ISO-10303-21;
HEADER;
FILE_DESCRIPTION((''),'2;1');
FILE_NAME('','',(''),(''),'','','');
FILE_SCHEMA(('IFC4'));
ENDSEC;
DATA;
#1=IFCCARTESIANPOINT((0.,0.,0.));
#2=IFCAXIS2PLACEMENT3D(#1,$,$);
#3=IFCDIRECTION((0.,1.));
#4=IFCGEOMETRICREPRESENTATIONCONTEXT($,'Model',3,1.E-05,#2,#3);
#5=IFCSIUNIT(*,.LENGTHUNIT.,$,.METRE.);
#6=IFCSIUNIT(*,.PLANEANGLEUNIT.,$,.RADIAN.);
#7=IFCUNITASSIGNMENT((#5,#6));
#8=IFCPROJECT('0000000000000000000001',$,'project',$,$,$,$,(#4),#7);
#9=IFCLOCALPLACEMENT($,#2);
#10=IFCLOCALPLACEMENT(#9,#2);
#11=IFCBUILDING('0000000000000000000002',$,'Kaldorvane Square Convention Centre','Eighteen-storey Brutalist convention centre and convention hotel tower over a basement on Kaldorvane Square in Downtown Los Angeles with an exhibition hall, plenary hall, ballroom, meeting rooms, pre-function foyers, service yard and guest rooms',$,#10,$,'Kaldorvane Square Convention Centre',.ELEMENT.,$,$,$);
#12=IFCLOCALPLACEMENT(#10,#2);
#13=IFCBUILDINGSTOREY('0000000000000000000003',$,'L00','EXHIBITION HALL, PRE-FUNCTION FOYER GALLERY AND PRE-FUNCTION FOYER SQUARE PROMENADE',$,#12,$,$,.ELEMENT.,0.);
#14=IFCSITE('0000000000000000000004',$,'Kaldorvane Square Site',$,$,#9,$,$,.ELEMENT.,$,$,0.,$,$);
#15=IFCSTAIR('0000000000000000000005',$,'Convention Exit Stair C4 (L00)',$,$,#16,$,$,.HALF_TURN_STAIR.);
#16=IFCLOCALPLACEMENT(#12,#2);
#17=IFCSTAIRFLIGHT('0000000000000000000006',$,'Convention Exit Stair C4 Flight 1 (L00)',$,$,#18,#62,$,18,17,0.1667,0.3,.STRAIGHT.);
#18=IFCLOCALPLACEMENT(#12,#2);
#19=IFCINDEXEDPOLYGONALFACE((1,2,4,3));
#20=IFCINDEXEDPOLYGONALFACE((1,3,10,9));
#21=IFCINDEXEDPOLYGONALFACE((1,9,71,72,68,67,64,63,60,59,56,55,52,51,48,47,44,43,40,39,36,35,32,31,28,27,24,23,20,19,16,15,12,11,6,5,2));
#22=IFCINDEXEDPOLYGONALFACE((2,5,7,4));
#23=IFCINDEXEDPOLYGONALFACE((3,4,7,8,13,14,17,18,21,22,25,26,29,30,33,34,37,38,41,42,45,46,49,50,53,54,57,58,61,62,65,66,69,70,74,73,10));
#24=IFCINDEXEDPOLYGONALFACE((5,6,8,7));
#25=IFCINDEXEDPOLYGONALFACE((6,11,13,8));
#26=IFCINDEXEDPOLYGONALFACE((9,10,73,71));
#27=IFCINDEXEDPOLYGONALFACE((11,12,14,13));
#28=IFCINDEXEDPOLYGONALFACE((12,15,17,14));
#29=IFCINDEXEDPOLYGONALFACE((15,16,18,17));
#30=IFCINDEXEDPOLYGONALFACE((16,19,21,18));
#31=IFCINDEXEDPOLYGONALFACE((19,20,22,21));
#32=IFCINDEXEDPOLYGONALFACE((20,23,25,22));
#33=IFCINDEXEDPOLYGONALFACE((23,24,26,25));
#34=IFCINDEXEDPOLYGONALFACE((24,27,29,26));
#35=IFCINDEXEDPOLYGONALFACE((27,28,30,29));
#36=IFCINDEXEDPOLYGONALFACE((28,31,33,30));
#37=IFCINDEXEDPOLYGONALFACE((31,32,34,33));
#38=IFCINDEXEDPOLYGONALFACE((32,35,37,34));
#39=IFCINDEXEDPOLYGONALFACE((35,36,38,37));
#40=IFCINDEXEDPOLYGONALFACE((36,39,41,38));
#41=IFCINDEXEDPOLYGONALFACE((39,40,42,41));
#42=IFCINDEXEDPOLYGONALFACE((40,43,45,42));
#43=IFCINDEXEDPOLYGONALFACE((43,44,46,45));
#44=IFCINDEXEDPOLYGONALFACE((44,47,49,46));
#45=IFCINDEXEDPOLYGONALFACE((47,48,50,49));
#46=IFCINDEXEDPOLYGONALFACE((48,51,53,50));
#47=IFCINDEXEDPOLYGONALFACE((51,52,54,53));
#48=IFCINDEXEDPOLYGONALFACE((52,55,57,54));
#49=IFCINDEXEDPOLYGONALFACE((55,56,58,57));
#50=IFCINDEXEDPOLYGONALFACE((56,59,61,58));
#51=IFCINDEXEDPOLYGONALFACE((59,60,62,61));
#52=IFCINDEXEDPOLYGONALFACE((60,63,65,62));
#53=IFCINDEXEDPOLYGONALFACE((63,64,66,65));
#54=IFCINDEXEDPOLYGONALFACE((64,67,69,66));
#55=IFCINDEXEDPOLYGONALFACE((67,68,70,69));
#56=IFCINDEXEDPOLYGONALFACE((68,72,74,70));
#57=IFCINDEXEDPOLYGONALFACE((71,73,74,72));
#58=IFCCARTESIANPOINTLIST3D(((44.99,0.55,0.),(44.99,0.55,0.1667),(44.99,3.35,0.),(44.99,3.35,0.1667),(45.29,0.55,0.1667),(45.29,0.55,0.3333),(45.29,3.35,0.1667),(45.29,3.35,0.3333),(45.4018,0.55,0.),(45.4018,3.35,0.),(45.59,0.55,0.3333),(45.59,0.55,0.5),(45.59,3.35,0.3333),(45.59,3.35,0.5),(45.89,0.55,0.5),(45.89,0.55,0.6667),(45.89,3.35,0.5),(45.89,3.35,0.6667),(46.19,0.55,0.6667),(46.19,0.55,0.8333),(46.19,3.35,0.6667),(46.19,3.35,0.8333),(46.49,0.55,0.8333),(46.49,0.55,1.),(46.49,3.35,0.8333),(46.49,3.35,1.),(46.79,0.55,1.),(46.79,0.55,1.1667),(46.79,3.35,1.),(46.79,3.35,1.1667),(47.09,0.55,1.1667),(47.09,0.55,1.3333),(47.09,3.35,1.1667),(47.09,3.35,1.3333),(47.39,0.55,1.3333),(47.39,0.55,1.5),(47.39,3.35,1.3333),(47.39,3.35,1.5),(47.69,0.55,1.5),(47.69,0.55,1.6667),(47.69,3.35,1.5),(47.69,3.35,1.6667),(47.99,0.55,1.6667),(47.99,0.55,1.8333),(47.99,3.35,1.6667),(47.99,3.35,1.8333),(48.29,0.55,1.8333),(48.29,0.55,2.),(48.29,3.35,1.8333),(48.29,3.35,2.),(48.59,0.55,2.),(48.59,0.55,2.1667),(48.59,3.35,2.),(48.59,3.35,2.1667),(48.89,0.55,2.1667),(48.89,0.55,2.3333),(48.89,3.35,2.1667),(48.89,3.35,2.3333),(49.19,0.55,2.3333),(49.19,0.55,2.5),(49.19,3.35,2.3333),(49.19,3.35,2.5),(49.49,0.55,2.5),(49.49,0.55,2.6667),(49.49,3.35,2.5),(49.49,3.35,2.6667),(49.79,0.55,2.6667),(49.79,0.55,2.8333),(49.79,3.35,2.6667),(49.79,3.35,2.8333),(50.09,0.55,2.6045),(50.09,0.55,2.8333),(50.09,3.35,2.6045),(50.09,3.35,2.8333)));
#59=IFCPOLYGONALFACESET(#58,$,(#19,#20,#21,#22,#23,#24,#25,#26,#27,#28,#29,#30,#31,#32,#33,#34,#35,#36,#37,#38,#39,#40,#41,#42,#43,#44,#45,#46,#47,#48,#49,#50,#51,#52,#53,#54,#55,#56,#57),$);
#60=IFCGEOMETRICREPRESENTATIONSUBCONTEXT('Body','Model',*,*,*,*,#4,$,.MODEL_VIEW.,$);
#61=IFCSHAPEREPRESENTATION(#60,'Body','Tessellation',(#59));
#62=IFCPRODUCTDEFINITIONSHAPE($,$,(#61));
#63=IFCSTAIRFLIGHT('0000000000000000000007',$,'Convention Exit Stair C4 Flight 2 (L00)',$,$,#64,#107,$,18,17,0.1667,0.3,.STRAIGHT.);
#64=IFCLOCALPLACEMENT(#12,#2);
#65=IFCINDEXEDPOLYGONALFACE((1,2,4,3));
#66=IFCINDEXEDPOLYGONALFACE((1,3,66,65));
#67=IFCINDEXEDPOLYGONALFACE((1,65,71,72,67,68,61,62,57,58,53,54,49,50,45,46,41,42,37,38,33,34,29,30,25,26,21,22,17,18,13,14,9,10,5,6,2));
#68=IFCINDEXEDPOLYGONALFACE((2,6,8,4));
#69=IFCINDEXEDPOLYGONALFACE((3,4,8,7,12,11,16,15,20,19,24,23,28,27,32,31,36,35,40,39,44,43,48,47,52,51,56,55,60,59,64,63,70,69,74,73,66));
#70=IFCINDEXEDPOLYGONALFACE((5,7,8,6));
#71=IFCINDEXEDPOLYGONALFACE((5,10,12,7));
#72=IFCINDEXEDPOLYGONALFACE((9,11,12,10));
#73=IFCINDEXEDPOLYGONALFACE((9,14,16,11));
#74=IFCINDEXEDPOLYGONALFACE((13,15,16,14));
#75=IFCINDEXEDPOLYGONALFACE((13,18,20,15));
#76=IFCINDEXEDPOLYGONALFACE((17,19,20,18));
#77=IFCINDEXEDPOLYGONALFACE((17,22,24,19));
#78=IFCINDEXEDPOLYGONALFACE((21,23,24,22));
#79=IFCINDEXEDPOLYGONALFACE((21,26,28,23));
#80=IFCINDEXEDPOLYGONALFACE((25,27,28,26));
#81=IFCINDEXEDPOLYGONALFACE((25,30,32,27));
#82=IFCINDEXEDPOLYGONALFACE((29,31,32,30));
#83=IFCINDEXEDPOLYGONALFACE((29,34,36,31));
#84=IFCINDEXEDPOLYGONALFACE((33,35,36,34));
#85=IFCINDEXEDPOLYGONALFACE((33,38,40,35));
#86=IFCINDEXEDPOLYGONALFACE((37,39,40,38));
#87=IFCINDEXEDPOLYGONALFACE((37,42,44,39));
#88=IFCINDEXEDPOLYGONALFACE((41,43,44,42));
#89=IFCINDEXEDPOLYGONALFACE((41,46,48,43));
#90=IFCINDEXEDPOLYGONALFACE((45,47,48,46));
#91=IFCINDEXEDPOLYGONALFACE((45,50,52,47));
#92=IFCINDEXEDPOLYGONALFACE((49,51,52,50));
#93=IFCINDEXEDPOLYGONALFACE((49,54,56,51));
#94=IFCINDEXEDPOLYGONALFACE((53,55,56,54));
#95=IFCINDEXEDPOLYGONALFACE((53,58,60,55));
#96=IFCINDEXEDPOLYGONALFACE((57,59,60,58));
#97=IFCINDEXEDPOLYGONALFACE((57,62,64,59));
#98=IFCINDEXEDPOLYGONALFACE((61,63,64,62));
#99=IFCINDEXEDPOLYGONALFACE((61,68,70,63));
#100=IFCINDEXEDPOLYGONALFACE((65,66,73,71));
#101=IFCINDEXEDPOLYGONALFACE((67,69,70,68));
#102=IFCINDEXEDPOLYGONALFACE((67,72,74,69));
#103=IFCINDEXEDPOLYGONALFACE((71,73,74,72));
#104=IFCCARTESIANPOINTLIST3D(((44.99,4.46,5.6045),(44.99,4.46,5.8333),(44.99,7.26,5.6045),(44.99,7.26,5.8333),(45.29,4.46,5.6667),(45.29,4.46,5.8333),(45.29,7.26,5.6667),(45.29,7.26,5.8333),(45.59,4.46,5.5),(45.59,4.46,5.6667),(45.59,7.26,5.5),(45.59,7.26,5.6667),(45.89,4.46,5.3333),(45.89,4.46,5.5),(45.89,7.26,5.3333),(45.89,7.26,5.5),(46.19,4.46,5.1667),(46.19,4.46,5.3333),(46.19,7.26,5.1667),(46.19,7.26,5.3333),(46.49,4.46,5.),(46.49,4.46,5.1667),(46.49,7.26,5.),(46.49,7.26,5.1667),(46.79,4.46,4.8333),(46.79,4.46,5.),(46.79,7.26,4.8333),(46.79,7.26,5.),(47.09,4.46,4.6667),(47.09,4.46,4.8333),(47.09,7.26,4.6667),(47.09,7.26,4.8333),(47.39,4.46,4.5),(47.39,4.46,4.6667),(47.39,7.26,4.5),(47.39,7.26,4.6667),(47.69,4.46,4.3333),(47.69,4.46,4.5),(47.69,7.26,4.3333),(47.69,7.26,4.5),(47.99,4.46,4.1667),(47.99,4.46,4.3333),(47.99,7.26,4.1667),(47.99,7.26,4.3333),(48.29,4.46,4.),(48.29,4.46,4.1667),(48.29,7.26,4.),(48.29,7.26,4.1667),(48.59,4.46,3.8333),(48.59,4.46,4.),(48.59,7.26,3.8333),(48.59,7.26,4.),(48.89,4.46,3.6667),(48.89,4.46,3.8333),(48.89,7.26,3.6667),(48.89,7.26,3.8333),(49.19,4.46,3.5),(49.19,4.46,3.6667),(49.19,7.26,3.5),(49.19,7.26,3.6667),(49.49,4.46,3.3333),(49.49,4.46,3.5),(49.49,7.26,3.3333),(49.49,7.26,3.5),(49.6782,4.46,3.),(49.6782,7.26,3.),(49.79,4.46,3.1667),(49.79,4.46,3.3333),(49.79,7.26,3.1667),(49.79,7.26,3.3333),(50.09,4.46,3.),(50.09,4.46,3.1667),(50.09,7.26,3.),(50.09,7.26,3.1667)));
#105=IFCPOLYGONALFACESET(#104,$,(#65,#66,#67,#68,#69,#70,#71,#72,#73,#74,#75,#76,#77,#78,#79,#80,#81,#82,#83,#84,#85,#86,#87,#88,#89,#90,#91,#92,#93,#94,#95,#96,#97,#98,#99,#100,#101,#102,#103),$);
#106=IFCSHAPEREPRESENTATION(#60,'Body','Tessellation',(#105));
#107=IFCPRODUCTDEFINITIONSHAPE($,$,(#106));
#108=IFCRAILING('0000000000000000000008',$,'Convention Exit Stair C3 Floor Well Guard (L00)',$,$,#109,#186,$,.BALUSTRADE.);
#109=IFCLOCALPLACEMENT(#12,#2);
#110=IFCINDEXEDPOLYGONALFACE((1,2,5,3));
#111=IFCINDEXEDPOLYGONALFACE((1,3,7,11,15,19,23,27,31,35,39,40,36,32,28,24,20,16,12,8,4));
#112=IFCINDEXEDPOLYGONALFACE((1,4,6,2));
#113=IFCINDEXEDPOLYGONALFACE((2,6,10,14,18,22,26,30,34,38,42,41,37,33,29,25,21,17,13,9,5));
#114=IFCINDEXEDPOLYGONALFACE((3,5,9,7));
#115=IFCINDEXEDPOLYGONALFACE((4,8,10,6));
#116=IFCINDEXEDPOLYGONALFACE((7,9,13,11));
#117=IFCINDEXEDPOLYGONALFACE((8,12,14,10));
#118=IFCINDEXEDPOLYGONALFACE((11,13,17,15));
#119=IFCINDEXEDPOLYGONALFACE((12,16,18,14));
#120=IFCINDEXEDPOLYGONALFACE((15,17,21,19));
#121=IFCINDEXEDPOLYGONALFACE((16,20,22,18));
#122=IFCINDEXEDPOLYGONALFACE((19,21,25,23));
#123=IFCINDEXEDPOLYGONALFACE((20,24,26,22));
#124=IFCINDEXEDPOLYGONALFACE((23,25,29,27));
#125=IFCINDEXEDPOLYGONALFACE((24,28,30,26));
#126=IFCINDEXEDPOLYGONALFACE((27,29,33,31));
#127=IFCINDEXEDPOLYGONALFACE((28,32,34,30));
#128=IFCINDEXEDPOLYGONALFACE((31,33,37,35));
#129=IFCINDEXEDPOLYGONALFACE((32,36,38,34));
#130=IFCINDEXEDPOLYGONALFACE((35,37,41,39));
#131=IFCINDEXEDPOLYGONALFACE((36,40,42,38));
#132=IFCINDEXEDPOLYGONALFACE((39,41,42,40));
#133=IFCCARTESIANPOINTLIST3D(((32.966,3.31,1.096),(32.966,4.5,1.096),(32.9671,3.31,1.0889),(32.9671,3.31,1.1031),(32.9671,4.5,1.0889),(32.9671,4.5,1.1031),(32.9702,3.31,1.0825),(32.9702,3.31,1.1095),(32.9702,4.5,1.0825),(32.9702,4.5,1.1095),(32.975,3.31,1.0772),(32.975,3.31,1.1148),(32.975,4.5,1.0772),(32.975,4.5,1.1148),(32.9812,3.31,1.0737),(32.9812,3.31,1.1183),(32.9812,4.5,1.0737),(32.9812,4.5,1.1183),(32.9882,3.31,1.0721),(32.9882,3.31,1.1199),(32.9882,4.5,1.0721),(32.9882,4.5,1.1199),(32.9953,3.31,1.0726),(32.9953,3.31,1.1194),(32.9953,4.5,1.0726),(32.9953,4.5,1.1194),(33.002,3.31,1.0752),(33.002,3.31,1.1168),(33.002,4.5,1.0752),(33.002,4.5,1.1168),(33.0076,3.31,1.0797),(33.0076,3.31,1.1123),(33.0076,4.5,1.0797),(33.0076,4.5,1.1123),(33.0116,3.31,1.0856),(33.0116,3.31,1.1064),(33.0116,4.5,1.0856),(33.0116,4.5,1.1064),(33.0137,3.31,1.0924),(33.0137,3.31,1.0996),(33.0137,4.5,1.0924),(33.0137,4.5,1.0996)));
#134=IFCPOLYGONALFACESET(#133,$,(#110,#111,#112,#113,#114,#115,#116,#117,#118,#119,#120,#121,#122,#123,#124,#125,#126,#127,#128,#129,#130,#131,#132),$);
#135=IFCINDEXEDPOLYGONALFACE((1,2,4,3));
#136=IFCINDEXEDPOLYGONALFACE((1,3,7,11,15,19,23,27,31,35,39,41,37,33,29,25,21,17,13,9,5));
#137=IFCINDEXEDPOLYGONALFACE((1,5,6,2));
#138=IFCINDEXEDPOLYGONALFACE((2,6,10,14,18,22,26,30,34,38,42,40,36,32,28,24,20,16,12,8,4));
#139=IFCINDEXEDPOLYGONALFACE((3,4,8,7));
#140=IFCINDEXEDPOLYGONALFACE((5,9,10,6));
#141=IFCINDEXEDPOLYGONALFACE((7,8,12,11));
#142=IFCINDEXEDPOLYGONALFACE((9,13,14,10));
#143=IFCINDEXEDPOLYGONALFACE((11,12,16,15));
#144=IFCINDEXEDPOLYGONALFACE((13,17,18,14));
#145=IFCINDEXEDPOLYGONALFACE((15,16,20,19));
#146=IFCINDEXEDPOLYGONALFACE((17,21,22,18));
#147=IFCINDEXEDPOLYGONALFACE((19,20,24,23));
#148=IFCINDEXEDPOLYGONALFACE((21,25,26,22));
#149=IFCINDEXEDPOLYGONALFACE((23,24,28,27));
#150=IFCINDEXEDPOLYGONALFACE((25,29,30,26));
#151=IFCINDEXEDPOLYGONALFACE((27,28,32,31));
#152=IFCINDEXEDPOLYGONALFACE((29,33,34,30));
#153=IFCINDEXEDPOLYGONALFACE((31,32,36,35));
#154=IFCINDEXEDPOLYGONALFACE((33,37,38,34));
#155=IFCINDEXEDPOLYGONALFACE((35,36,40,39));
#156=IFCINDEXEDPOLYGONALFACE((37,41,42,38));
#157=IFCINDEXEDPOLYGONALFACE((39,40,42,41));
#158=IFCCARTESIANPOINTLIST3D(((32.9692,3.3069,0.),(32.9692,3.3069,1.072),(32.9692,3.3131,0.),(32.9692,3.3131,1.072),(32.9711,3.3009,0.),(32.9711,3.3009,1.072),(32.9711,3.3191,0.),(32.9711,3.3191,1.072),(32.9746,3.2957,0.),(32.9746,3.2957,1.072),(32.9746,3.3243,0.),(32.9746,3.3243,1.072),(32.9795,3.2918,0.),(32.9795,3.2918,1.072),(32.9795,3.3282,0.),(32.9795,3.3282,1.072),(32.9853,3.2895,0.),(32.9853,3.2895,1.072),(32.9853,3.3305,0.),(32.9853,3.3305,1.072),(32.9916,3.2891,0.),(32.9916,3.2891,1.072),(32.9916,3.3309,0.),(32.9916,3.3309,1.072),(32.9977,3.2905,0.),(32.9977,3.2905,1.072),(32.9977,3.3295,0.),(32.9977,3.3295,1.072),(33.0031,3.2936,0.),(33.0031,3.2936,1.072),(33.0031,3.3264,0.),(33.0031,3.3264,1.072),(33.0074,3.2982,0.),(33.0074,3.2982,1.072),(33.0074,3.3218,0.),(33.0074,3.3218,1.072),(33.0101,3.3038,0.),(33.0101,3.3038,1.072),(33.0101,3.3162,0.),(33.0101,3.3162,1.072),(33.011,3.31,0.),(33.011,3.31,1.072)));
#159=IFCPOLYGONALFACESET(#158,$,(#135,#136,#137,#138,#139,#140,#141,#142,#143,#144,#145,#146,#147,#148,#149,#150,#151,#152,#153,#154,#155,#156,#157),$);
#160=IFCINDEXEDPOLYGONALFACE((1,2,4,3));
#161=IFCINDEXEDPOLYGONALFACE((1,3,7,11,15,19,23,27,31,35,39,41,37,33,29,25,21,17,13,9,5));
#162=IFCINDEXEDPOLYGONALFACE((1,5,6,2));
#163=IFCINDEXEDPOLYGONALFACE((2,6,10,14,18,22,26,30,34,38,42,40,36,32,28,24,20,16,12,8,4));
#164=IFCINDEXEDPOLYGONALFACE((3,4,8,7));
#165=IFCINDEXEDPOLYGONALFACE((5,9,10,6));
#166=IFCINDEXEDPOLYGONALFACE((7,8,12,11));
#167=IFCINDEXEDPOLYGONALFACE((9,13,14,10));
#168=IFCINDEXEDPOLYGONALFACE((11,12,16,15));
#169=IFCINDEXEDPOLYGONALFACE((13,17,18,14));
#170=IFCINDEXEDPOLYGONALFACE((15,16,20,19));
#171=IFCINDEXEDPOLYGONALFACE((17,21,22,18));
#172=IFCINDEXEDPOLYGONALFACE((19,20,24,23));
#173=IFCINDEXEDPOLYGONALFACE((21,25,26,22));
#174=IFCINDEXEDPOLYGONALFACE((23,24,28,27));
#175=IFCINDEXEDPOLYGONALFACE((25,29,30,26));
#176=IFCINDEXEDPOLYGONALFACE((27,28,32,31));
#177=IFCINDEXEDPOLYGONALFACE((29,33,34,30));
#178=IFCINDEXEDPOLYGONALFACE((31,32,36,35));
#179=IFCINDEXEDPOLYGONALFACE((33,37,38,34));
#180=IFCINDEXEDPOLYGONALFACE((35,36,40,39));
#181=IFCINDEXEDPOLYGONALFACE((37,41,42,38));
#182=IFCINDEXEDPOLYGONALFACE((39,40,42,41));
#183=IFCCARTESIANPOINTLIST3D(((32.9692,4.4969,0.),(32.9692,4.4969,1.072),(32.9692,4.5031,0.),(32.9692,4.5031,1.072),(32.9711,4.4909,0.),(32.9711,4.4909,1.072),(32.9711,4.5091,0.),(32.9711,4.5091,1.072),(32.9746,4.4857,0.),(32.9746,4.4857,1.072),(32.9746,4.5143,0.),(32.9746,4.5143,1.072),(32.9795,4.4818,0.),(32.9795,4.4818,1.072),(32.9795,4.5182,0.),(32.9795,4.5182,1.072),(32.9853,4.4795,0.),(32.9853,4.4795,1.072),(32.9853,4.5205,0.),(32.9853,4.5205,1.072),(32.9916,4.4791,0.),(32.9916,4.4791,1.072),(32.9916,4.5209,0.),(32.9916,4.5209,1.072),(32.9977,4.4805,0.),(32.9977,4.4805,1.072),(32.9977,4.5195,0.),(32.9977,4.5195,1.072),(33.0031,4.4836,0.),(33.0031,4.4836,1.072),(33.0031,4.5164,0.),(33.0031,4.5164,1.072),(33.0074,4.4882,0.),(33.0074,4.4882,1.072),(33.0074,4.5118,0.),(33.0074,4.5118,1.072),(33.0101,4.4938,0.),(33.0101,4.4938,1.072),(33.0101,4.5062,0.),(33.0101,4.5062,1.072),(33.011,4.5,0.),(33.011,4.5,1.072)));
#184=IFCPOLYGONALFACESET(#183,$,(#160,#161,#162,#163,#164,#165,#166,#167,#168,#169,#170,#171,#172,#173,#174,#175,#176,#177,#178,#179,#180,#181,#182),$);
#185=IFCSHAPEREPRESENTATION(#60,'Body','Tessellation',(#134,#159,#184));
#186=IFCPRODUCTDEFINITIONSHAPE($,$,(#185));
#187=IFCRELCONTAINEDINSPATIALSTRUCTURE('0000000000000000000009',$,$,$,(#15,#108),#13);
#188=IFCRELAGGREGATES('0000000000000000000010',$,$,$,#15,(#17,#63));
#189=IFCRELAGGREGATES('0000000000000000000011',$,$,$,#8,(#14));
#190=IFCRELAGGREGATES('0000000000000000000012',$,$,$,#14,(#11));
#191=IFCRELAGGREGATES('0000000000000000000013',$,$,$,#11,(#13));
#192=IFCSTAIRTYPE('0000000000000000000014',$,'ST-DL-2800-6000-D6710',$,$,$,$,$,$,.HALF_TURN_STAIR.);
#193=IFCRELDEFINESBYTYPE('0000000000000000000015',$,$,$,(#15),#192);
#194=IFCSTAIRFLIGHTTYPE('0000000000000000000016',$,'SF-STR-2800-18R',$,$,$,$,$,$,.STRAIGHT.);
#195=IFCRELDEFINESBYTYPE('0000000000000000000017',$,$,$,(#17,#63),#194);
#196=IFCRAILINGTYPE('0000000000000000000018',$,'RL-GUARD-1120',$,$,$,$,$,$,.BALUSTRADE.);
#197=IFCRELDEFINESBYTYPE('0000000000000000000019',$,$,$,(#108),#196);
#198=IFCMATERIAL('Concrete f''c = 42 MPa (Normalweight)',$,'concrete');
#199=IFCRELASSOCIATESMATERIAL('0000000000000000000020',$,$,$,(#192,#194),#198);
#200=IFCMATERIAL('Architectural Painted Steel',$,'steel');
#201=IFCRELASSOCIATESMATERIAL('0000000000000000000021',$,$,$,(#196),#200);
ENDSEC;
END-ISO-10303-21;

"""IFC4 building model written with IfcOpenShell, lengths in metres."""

from ifc_helpers import new_model, si_unit, direction, frame, origin, origin_2d, place, context, subcontext, project, spatial, polyline, circle, outline, extrude, material, type_object, element, aggregate, save


model = new_model("IFC4")

# Units and contexts
model_context = context("Model", 3, precision=1e-05, world=origin(), true_north=direction((0.0, 1.0)))
body_context = subcontext(model_context, "Body", "Model", "MODEL_VIEW")
ifc_project = project(units=[si_unit("LENGTHUNIT", "METRE"), si_unit("PLANEANGLEUNIT", "RADIAN")], contexts=[model_context])

# Site, building, storey
site_placement = place(None, origin())
site = spatial("IfcSite", under=ifc_project, at=site_placement, Name="Kaldorvane Square Site", CompositionType="ELEMENT", RefElevation=0.0)
building_placement = place(site_placement, origin())
building = spatial("IfcBuilding", under=site, at=building_placement, Name="Kaldorvane Square Convention Centre", Description="Eighteen-storey Brutalist convention centre and convention hotel tower over a basement on Kaldorvane Square in Downtown Los Angeles with an exhibition hall, plenary hall, ballroom, meeting rooms, pre-function foyers, service yard and guest rooms", LongName="Kaldorvane Square Convention Centre", CompositionType="ELEMENT")
storey_placement = place(building_placement, origin())
storey = spatial("IfcBuildingStorey", under=building, at=storey_placement, Name="L00", Description="EXHIBITION HALL, PRE-FUNCTION FOYER GALLERY AND PRE-FUNCTION FOYER SQUARE PROMENADE", CompositionType="ELEMENT", Elevation=0.0)

# Shared definitions
ifc_material_1 = material(Name="Concrete f'c = 42 MPa (Normalweight)", Category="concrete")

# Stair, stair flights
stair_type = type_object("IfcStairType", Name="ST-DL-2800-6000-D6710", PredefinedType="HALF_TURN_STAIR", material=ifc_material_1)
stair_flight_type = type_object("IfcStairFlightType", Name="SF-STR-2800-18R", PredefinedType="STRAIGHT", material=ifc_material_1)
stair_1_placement = place(storey_placement, origin())
stair_1 = element("IfcStair", 1, at=stair_1_placement, inside=storey, type_object=stair_type, Name="Convention Exit Stair C4 (L00)", PredefinedType="HALF_TURN_STAIR")
stair_flight_1_placement = place(storey_placement, frame((44.99, 1.95, 0.0), z_axis=(0.0, 0.0, 1.0), x_axis=(1.0, 0.0, 0.0)))
stair_flight_1 = element("IfcStairFlight", 2, at=stair_flight_1_placement, type_object=stair_flight_type, Name="Convention Exit Stair C4 Flight 1 (L00)", NumberOfRisers=18, NumberOfTreads=17, PredefinedType="STRAIGHT", RiserHeight=0.1667, TreadLength=0.3, context=body_context, shape_type="SweptSolid", body=[
    extrude(outline(polyline([(0.0, 0.0), (0.0, 0.1667), (0.3, 0.1667), (0.3, 0.3333), (0.6, 0.3333), (0.6, 0.5), (0.9, 0.5), (0.9, 0.6667), (1.2, 0.6667), (1.2, 0.8333), (1.5, 0.8333), (1.5, 1.0), (1.8, 1.0), (1.8, 1.1667), (2.1, 1.1667), (2.1, 1.3333), (2.4, 1.3333), (2.4, 1.5), (2.7, 1.5), (2.7, 1.6667), (3.0, 1.6667), (3.0, 1.8333), (3.3, 1.8333), (3.3, 2.0), (3.6, 2.0), (3.6, 2.1667), (3.9, 2.1667), (3.9, 2.3333), (4.2, 2.3333), (4.2, 2.5), (4.5, 2.5), (4.5, 2.6667), (4.8, 2.6667), (4.8, 2.8333), (5.1, 2.8333), (5.1, 3.0), (5.1, 2.6045), (0.4118, 0.0), (0.0, 0.0)])), frame((0.0, 1.4, 0.0), z_axis=(0.0, -1.0, 0.0), x_axis=(1.0, 0.0, 0.0)), (0.0, 0.0, 1.0), 2.8),
])
stair_flight_2_placement = place(storey_placement, frame((50.09, 5.86, 3.0), z_axis=(0.0, 0.0, 1.0), x_axis=(-1.0, 0.0, 0.0)))
stair_flight_2 = element("IfcStairFlight", 3, at=stair_flight_2_placement, type_object=stair_flight_type, Name="Convention Exit Stair C4 Flight 2 (L00)", NumberOfRisers=18, NumberOfTreads=17, PredefinedType="STRAIGHT", RiserHeight=0.1667, TreadLength=0.3, context=body_context, shape_type="SweptSolid", body=[
    extrude(outline(polyline([(0.0, 0.0), (0.0, 0.1667), (0.3, 0.1667), (0.3, 0.3333), (0.6, 0.3333), (0.6, 0.5), (0.9, 0.5), (0.9, 0.6667), (1.2, 0.6667), (1.2, 0.8333), (1.5, 0.8333), (1.5, 1.0), (1.8, 1.0), (1.8, 1.1667), (2.1, 1.1667), (2.1, 1.3333), (2.4, 1.3333), (2.4, 1.5), (2.7, 1.5), (2.7, 1.6667), (3.0, 1.6667), (3.0, 1.8333), (3.3, 1.8333), (3.3, 2.0), (3.6, 2.0), (3.6, 2.1667), (3.9, 2.1667), (3.9, 2.3333), (4.2, 2.3333), (4.2, 2.5), (4.5, 2.5), (4.5, 2.6667), (4.8, 2.6667), (4.8, 2.8333), (5.1, 2.8333), (5.1, 3.0), (5.1, 2.6045), (0.4118, 0.0), (0.0, 0.0)])), frame((0.0, 1.4, 0.0), z_axis=(0.0, -1.0, 0.0), x_axis=(1.0, 0.0, 0.0)), (0.0, 0.0, 1.0), 2.8),
])
aggregate(stair_1, [stair_flight_1, stair_flight_2])

# Railing
ifc_material_2 = material(Name="Architectural Painted Steel", Category="steel")
railing_type_1 = type_object("IfcRailingType", Name="RL-GUARD-1120", PredefinedType="BALUSTRADE", material=ifc_material_2)
for number, where, name in (
    (4, (32.99, 3.31, 0.0), "Convention Exit Stair C3 Floor Well Guard (L00)"),
):
    element("IfcRailing", number, at=place(storey_placement, frame(where)), inside=storey, type_object=railing_type_1, Name=name, PredefinedType="BALUSTRADE", context=body_context, shape_type="SweptSolid", body=[
        extrude(circle(Radius=0.024, at=origin_2d()), frame((0.0, 0.0, 1.096), z_axis=(0.0, 1.0, 0.0), x_axis=(-1.0, 0.0, 0.0)), (0.0, 0.0, 1.0), 1.19),
        extrude(circle(Radius=0.021, at=origin_2d()), origin(), (0.0, 0.0, 1.0), 1.072),
        extrude(circle(Radius=0.021, at=origin_2d()), frame((0.0, 1.19, 0.0)), (0.0, 0.0, 1.0), 1.072),
    ])

save(model, "model.ifc")
